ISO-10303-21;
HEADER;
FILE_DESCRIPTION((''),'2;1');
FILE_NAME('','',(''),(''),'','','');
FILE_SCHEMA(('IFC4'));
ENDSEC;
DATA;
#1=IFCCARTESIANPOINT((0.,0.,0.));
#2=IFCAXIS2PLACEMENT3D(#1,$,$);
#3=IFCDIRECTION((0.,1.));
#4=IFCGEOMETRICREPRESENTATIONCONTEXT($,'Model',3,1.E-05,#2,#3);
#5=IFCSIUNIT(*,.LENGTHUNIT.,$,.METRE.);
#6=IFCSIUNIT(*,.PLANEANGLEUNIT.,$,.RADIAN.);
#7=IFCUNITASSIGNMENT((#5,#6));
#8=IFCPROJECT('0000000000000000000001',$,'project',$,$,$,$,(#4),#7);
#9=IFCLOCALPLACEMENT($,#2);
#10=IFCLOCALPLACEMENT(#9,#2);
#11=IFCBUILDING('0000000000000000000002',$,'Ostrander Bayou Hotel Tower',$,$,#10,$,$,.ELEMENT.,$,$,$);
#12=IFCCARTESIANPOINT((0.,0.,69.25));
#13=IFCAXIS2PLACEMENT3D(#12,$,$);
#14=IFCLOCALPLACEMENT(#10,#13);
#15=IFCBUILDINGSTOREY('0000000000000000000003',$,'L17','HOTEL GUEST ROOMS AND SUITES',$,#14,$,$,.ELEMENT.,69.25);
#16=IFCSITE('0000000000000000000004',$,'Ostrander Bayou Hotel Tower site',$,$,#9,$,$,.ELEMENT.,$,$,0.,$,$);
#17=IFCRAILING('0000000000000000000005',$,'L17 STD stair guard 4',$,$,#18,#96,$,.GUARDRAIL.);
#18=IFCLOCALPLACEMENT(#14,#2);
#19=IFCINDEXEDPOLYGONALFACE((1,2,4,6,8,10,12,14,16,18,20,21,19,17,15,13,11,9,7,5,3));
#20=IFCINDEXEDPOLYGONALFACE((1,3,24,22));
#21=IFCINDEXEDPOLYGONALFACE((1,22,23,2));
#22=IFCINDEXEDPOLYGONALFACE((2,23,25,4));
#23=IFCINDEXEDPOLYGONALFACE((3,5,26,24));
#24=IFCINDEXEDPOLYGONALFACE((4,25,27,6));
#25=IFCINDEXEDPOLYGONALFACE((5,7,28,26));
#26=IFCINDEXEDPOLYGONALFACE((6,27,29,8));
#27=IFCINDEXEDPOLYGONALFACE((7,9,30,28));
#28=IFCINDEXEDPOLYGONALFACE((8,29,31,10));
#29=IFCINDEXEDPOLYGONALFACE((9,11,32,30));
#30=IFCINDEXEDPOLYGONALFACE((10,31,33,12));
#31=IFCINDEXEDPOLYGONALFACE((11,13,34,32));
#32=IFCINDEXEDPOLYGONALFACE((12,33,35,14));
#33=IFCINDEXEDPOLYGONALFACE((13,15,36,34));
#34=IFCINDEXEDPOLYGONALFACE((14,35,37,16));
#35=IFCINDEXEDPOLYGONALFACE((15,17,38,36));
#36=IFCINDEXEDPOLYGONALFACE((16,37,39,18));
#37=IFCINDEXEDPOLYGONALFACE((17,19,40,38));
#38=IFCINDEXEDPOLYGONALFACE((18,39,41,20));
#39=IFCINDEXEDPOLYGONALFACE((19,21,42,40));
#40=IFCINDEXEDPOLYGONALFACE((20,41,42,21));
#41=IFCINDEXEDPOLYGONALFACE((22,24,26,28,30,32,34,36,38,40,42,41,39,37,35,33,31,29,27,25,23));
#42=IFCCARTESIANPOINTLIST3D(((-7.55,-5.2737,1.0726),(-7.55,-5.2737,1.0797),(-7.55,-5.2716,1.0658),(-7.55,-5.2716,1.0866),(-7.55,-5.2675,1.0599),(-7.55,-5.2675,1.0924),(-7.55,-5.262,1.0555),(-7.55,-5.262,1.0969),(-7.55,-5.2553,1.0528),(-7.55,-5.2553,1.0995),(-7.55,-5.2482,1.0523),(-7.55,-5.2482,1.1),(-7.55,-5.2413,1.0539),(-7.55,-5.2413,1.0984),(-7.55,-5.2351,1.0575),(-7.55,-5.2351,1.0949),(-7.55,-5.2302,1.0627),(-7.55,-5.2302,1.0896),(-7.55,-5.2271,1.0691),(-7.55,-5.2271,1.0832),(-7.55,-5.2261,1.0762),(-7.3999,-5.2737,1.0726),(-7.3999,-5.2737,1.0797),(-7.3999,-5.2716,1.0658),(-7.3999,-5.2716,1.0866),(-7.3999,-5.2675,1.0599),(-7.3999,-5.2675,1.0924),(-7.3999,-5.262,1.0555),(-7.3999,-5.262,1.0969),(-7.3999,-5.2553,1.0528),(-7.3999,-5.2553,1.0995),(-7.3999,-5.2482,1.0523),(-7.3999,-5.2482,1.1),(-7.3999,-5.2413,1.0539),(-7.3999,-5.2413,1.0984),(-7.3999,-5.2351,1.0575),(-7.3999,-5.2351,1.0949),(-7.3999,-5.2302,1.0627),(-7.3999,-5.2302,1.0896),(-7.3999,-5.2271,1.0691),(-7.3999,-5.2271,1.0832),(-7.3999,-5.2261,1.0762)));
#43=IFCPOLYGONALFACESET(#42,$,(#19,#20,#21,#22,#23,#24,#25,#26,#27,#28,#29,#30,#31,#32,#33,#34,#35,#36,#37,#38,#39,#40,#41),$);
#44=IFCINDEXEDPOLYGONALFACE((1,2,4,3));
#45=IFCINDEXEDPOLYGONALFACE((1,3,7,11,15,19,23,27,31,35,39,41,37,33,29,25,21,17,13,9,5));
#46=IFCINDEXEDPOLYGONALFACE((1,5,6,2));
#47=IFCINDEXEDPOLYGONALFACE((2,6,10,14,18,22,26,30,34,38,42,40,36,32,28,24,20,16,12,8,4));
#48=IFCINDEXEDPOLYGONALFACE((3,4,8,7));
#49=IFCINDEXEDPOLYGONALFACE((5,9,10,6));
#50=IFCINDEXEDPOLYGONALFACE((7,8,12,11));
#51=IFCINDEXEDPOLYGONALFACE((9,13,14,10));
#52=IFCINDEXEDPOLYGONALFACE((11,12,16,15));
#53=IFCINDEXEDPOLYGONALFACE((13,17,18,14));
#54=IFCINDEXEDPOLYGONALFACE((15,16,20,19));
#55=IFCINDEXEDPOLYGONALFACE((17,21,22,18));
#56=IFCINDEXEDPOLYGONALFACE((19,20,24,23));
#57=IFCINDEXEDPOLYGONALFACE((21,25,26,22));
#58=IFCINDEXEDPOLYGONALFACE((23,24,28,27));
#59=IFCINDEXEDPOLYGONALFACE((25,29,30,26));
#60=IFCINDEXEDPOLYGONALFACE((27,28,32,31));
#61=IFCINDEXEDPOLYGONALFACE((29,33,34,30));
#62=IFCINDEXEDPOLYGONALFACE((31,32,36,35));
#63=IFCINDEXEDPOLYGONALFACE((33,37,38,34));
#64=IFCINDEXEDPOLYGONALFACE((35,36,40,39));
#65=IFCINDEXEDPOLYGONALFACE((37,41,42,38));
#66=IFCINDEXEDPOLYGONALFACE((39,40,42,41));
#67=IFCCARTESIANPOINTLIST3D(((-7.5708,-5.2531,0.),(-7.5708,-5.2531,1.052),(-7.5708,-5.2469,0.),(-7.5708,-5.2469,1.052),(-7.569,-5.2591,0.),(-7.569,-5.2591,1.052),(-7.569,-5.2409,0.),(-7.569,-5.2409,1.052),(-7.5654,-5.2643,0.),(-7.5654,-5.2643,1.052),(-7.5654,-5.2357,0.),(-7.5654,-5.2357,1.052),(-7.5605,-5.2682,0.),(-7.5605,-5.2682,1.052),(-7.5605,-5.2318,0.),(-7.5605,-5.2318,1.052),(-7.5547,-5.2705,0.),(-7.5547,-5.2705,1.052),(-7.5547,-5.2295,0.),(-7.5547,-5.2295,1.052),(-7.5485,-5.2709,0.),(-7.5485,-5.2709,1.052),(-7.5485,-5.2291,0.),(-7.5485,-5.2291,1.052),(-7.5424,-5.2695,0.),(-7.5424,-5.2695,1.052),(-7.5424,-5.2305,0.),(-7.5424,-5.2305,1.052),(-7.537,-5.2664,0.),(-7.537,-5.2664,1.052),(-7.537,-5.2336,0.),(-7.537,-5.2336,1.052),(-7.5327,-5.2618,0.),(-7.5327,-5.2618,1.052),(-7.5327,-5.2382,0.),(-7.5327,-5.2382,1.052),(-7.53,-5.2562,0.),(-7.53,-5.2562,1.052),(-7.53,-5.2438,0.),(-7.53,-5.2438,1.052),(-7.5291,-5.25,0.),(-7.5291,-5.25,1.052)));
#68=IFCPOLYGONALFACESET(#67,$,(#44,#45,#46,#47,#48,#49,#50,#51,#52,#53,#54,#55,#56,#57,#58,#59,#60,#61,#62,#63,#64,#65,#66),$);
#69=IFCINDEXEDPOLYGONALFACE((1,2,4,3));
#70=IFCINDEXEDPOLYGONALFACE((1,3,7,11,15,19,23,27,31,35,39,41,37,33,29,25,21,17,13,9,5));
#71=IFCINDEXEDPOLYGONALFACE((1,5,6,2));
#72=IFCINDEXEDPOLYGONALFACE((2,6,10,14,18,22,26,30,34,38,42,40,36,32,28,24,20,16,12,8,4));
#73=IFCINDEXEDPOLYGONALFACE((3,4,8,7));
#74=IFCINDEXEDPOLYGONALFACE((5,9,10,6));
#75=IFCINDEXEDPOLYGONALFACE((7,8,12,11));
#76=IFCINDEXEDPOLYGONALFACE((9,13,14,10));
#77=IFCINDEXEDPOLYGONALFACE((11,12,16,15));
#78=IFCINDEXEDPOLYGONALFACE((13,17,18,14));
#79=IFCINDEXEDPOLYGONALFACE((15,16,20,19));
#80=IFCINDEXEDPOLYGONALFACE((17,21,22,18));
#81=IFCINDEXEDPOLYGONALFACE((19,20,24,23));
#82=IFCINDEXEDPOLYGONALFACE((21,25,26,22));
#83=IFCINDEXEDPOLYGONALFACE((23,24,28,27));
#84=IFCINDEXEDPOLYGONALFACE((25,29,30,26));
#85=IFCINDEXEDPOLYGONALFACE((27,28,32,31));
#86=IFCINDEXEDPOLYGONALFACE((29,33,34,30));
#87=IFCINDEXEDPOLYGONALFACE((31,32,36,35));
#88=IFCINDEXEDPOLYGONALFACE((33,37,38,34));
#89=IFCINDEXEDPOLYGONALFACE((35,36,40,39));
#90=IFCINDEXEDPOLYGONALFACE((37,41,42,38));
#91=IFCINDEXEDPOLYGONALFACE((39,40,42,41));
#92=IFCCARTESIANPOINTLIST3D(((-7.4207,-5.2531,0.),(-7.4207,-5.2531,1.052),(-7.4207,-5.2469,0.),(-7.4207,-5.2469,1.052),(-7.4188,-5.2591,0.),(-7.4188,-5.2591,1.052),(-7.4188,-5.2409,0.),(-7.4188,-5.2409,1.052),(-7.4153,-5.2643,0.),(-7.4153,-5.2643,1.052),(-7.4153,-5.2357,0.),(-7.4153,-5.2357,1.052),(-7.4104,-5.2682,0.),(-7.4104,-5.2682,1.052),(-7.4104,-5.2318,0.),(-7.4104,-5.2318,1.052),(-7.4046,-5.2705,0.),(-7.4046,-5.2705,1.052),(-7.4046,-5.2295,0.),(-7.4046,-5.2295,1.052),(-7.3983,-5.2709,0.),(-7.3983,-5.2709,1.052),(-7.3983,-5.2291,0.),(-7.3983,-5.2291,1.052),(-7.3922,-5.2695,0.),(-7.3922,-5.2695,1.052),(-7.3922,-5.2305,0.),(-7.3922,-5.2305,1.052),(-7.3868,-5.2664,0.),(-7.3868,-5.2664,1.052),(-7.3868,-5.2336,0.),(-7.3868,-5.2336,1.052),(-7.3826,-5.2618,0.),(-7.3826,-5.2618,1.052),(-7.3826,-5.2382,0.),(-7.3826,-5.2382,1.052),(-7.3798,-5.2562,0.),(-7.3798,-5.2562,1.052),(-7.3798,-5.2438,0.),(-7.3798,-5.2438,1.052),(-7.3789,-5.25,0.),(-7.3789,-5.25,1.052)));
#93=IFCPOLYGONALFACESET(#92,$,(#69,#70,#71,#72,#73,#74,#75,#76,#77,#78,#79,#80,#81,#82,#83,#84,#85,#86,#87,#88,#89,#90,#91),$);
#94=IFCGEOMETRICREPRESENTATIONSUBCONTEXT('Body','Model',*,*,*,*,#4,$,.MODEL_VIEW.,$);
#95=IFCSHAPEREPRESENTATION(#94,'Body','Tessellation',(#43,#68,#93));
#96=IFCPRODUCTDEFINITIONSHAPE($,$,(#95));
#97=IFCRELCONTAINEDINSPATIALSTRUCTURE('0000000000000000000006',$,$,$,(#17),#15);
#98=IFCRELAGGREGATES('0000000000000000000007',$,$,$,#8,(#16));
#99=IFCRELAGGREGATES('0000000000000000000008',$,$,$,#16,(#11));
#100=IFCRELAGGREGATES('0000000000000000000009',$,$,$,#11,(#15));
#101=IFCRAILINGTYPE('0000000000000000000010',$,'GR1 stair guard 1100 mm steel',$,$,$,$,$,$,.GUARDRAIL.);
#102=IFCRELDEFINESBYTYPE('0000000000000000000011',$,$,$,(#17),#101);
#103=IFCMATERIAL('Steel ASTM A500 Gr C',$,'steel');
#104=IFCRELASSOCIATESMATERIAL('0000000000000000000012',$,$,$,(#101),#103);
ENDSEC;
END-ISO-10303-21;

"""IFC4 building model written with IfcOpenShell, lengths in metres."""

from ifc_helpers import new_model, si_unit, direction, frame, origin, origin_2d, place, context, subcontext, project, spatial, circle, extrude, material, type_object, element, save


model = new_model("IFC4")

# Units and contexts
model_context = context("Model", 3, precision=1e-05, world=origin(), true_north=direction((0.0, 1.0)))
body_context = subcontext(model_context, "Body", "Model", "MODEL_VIEW")
ifc_project = project(units=[si_unit("LENGTHUNIT", "METRE"), si_unit("PLANEANGLEUNIT", "RADIAN")], contexts=[model_context])

# Site, building, storey
site_placement = place(None, origin())
site = spatial("IfcSite", under=ifc_project, at=site_placement, Name="Ostrander Bayou Hotel Tower site", CompositionType="ELEMENT", RefElevation=0.0)
building_placement = place(site_placement, origin())
building = spatial("IfcBuilding", under=site, at=building_placement, Name="Ostrander Bayou Hotel Tower", CompositionType="ELEMENT")
storey_placement = place(building_placement, frame((0.0, 0.0, 69.25)))
storey = spatial("IfcBuildingStorey", under=building, at=storey_placement, Name="L17", Description="HOTEL GUEST ROOMS AND SUITES", CompositionType="ELEMENT", Elevation=69.25)

# Railing
ifc_material_1 = material(Name="Steel ASTM A500 Gr C", Category="steel")
railing_type_1 = type_object("IfcRailingType", Name="GR1 stair guard 1100 mm steel", PredefinedType="GUARDRAIL", material=ifc_material_1)
railing_1_placement = place(storey_placement, frame((-7.55, -5.25, 0.0)))
element("IfcRailing", 1, at=railing_1_placement, inside=storey, type_object=railing_type_1, Name="L17 STD stair guard 4", PredefinedType="GUARDRAIL", context=body_context, shape_type="SweptSolid", body=[
    extrude(circle(Radius=0.0239, at=origin_2d()), frame((0.0, 0.0, 1.0762), z_axis=(1.0, 0.0, 0.0), x_axis=(0.0, 1.0, 0.0)), (0.0, 0.0, 1.0), 0.1501),
    extrude(circle(Radius=0.021, at=origin_2d()), origin(), (0.0, 0.0, 1.0), 1.052),
    extrude(circle(Radius=0.021, at=origin_2d()), frame((0.1501, 0.0, 0.0)), (0.0, 0.0, 1.0), 1.052),
])

save(model, "model.ifc")
